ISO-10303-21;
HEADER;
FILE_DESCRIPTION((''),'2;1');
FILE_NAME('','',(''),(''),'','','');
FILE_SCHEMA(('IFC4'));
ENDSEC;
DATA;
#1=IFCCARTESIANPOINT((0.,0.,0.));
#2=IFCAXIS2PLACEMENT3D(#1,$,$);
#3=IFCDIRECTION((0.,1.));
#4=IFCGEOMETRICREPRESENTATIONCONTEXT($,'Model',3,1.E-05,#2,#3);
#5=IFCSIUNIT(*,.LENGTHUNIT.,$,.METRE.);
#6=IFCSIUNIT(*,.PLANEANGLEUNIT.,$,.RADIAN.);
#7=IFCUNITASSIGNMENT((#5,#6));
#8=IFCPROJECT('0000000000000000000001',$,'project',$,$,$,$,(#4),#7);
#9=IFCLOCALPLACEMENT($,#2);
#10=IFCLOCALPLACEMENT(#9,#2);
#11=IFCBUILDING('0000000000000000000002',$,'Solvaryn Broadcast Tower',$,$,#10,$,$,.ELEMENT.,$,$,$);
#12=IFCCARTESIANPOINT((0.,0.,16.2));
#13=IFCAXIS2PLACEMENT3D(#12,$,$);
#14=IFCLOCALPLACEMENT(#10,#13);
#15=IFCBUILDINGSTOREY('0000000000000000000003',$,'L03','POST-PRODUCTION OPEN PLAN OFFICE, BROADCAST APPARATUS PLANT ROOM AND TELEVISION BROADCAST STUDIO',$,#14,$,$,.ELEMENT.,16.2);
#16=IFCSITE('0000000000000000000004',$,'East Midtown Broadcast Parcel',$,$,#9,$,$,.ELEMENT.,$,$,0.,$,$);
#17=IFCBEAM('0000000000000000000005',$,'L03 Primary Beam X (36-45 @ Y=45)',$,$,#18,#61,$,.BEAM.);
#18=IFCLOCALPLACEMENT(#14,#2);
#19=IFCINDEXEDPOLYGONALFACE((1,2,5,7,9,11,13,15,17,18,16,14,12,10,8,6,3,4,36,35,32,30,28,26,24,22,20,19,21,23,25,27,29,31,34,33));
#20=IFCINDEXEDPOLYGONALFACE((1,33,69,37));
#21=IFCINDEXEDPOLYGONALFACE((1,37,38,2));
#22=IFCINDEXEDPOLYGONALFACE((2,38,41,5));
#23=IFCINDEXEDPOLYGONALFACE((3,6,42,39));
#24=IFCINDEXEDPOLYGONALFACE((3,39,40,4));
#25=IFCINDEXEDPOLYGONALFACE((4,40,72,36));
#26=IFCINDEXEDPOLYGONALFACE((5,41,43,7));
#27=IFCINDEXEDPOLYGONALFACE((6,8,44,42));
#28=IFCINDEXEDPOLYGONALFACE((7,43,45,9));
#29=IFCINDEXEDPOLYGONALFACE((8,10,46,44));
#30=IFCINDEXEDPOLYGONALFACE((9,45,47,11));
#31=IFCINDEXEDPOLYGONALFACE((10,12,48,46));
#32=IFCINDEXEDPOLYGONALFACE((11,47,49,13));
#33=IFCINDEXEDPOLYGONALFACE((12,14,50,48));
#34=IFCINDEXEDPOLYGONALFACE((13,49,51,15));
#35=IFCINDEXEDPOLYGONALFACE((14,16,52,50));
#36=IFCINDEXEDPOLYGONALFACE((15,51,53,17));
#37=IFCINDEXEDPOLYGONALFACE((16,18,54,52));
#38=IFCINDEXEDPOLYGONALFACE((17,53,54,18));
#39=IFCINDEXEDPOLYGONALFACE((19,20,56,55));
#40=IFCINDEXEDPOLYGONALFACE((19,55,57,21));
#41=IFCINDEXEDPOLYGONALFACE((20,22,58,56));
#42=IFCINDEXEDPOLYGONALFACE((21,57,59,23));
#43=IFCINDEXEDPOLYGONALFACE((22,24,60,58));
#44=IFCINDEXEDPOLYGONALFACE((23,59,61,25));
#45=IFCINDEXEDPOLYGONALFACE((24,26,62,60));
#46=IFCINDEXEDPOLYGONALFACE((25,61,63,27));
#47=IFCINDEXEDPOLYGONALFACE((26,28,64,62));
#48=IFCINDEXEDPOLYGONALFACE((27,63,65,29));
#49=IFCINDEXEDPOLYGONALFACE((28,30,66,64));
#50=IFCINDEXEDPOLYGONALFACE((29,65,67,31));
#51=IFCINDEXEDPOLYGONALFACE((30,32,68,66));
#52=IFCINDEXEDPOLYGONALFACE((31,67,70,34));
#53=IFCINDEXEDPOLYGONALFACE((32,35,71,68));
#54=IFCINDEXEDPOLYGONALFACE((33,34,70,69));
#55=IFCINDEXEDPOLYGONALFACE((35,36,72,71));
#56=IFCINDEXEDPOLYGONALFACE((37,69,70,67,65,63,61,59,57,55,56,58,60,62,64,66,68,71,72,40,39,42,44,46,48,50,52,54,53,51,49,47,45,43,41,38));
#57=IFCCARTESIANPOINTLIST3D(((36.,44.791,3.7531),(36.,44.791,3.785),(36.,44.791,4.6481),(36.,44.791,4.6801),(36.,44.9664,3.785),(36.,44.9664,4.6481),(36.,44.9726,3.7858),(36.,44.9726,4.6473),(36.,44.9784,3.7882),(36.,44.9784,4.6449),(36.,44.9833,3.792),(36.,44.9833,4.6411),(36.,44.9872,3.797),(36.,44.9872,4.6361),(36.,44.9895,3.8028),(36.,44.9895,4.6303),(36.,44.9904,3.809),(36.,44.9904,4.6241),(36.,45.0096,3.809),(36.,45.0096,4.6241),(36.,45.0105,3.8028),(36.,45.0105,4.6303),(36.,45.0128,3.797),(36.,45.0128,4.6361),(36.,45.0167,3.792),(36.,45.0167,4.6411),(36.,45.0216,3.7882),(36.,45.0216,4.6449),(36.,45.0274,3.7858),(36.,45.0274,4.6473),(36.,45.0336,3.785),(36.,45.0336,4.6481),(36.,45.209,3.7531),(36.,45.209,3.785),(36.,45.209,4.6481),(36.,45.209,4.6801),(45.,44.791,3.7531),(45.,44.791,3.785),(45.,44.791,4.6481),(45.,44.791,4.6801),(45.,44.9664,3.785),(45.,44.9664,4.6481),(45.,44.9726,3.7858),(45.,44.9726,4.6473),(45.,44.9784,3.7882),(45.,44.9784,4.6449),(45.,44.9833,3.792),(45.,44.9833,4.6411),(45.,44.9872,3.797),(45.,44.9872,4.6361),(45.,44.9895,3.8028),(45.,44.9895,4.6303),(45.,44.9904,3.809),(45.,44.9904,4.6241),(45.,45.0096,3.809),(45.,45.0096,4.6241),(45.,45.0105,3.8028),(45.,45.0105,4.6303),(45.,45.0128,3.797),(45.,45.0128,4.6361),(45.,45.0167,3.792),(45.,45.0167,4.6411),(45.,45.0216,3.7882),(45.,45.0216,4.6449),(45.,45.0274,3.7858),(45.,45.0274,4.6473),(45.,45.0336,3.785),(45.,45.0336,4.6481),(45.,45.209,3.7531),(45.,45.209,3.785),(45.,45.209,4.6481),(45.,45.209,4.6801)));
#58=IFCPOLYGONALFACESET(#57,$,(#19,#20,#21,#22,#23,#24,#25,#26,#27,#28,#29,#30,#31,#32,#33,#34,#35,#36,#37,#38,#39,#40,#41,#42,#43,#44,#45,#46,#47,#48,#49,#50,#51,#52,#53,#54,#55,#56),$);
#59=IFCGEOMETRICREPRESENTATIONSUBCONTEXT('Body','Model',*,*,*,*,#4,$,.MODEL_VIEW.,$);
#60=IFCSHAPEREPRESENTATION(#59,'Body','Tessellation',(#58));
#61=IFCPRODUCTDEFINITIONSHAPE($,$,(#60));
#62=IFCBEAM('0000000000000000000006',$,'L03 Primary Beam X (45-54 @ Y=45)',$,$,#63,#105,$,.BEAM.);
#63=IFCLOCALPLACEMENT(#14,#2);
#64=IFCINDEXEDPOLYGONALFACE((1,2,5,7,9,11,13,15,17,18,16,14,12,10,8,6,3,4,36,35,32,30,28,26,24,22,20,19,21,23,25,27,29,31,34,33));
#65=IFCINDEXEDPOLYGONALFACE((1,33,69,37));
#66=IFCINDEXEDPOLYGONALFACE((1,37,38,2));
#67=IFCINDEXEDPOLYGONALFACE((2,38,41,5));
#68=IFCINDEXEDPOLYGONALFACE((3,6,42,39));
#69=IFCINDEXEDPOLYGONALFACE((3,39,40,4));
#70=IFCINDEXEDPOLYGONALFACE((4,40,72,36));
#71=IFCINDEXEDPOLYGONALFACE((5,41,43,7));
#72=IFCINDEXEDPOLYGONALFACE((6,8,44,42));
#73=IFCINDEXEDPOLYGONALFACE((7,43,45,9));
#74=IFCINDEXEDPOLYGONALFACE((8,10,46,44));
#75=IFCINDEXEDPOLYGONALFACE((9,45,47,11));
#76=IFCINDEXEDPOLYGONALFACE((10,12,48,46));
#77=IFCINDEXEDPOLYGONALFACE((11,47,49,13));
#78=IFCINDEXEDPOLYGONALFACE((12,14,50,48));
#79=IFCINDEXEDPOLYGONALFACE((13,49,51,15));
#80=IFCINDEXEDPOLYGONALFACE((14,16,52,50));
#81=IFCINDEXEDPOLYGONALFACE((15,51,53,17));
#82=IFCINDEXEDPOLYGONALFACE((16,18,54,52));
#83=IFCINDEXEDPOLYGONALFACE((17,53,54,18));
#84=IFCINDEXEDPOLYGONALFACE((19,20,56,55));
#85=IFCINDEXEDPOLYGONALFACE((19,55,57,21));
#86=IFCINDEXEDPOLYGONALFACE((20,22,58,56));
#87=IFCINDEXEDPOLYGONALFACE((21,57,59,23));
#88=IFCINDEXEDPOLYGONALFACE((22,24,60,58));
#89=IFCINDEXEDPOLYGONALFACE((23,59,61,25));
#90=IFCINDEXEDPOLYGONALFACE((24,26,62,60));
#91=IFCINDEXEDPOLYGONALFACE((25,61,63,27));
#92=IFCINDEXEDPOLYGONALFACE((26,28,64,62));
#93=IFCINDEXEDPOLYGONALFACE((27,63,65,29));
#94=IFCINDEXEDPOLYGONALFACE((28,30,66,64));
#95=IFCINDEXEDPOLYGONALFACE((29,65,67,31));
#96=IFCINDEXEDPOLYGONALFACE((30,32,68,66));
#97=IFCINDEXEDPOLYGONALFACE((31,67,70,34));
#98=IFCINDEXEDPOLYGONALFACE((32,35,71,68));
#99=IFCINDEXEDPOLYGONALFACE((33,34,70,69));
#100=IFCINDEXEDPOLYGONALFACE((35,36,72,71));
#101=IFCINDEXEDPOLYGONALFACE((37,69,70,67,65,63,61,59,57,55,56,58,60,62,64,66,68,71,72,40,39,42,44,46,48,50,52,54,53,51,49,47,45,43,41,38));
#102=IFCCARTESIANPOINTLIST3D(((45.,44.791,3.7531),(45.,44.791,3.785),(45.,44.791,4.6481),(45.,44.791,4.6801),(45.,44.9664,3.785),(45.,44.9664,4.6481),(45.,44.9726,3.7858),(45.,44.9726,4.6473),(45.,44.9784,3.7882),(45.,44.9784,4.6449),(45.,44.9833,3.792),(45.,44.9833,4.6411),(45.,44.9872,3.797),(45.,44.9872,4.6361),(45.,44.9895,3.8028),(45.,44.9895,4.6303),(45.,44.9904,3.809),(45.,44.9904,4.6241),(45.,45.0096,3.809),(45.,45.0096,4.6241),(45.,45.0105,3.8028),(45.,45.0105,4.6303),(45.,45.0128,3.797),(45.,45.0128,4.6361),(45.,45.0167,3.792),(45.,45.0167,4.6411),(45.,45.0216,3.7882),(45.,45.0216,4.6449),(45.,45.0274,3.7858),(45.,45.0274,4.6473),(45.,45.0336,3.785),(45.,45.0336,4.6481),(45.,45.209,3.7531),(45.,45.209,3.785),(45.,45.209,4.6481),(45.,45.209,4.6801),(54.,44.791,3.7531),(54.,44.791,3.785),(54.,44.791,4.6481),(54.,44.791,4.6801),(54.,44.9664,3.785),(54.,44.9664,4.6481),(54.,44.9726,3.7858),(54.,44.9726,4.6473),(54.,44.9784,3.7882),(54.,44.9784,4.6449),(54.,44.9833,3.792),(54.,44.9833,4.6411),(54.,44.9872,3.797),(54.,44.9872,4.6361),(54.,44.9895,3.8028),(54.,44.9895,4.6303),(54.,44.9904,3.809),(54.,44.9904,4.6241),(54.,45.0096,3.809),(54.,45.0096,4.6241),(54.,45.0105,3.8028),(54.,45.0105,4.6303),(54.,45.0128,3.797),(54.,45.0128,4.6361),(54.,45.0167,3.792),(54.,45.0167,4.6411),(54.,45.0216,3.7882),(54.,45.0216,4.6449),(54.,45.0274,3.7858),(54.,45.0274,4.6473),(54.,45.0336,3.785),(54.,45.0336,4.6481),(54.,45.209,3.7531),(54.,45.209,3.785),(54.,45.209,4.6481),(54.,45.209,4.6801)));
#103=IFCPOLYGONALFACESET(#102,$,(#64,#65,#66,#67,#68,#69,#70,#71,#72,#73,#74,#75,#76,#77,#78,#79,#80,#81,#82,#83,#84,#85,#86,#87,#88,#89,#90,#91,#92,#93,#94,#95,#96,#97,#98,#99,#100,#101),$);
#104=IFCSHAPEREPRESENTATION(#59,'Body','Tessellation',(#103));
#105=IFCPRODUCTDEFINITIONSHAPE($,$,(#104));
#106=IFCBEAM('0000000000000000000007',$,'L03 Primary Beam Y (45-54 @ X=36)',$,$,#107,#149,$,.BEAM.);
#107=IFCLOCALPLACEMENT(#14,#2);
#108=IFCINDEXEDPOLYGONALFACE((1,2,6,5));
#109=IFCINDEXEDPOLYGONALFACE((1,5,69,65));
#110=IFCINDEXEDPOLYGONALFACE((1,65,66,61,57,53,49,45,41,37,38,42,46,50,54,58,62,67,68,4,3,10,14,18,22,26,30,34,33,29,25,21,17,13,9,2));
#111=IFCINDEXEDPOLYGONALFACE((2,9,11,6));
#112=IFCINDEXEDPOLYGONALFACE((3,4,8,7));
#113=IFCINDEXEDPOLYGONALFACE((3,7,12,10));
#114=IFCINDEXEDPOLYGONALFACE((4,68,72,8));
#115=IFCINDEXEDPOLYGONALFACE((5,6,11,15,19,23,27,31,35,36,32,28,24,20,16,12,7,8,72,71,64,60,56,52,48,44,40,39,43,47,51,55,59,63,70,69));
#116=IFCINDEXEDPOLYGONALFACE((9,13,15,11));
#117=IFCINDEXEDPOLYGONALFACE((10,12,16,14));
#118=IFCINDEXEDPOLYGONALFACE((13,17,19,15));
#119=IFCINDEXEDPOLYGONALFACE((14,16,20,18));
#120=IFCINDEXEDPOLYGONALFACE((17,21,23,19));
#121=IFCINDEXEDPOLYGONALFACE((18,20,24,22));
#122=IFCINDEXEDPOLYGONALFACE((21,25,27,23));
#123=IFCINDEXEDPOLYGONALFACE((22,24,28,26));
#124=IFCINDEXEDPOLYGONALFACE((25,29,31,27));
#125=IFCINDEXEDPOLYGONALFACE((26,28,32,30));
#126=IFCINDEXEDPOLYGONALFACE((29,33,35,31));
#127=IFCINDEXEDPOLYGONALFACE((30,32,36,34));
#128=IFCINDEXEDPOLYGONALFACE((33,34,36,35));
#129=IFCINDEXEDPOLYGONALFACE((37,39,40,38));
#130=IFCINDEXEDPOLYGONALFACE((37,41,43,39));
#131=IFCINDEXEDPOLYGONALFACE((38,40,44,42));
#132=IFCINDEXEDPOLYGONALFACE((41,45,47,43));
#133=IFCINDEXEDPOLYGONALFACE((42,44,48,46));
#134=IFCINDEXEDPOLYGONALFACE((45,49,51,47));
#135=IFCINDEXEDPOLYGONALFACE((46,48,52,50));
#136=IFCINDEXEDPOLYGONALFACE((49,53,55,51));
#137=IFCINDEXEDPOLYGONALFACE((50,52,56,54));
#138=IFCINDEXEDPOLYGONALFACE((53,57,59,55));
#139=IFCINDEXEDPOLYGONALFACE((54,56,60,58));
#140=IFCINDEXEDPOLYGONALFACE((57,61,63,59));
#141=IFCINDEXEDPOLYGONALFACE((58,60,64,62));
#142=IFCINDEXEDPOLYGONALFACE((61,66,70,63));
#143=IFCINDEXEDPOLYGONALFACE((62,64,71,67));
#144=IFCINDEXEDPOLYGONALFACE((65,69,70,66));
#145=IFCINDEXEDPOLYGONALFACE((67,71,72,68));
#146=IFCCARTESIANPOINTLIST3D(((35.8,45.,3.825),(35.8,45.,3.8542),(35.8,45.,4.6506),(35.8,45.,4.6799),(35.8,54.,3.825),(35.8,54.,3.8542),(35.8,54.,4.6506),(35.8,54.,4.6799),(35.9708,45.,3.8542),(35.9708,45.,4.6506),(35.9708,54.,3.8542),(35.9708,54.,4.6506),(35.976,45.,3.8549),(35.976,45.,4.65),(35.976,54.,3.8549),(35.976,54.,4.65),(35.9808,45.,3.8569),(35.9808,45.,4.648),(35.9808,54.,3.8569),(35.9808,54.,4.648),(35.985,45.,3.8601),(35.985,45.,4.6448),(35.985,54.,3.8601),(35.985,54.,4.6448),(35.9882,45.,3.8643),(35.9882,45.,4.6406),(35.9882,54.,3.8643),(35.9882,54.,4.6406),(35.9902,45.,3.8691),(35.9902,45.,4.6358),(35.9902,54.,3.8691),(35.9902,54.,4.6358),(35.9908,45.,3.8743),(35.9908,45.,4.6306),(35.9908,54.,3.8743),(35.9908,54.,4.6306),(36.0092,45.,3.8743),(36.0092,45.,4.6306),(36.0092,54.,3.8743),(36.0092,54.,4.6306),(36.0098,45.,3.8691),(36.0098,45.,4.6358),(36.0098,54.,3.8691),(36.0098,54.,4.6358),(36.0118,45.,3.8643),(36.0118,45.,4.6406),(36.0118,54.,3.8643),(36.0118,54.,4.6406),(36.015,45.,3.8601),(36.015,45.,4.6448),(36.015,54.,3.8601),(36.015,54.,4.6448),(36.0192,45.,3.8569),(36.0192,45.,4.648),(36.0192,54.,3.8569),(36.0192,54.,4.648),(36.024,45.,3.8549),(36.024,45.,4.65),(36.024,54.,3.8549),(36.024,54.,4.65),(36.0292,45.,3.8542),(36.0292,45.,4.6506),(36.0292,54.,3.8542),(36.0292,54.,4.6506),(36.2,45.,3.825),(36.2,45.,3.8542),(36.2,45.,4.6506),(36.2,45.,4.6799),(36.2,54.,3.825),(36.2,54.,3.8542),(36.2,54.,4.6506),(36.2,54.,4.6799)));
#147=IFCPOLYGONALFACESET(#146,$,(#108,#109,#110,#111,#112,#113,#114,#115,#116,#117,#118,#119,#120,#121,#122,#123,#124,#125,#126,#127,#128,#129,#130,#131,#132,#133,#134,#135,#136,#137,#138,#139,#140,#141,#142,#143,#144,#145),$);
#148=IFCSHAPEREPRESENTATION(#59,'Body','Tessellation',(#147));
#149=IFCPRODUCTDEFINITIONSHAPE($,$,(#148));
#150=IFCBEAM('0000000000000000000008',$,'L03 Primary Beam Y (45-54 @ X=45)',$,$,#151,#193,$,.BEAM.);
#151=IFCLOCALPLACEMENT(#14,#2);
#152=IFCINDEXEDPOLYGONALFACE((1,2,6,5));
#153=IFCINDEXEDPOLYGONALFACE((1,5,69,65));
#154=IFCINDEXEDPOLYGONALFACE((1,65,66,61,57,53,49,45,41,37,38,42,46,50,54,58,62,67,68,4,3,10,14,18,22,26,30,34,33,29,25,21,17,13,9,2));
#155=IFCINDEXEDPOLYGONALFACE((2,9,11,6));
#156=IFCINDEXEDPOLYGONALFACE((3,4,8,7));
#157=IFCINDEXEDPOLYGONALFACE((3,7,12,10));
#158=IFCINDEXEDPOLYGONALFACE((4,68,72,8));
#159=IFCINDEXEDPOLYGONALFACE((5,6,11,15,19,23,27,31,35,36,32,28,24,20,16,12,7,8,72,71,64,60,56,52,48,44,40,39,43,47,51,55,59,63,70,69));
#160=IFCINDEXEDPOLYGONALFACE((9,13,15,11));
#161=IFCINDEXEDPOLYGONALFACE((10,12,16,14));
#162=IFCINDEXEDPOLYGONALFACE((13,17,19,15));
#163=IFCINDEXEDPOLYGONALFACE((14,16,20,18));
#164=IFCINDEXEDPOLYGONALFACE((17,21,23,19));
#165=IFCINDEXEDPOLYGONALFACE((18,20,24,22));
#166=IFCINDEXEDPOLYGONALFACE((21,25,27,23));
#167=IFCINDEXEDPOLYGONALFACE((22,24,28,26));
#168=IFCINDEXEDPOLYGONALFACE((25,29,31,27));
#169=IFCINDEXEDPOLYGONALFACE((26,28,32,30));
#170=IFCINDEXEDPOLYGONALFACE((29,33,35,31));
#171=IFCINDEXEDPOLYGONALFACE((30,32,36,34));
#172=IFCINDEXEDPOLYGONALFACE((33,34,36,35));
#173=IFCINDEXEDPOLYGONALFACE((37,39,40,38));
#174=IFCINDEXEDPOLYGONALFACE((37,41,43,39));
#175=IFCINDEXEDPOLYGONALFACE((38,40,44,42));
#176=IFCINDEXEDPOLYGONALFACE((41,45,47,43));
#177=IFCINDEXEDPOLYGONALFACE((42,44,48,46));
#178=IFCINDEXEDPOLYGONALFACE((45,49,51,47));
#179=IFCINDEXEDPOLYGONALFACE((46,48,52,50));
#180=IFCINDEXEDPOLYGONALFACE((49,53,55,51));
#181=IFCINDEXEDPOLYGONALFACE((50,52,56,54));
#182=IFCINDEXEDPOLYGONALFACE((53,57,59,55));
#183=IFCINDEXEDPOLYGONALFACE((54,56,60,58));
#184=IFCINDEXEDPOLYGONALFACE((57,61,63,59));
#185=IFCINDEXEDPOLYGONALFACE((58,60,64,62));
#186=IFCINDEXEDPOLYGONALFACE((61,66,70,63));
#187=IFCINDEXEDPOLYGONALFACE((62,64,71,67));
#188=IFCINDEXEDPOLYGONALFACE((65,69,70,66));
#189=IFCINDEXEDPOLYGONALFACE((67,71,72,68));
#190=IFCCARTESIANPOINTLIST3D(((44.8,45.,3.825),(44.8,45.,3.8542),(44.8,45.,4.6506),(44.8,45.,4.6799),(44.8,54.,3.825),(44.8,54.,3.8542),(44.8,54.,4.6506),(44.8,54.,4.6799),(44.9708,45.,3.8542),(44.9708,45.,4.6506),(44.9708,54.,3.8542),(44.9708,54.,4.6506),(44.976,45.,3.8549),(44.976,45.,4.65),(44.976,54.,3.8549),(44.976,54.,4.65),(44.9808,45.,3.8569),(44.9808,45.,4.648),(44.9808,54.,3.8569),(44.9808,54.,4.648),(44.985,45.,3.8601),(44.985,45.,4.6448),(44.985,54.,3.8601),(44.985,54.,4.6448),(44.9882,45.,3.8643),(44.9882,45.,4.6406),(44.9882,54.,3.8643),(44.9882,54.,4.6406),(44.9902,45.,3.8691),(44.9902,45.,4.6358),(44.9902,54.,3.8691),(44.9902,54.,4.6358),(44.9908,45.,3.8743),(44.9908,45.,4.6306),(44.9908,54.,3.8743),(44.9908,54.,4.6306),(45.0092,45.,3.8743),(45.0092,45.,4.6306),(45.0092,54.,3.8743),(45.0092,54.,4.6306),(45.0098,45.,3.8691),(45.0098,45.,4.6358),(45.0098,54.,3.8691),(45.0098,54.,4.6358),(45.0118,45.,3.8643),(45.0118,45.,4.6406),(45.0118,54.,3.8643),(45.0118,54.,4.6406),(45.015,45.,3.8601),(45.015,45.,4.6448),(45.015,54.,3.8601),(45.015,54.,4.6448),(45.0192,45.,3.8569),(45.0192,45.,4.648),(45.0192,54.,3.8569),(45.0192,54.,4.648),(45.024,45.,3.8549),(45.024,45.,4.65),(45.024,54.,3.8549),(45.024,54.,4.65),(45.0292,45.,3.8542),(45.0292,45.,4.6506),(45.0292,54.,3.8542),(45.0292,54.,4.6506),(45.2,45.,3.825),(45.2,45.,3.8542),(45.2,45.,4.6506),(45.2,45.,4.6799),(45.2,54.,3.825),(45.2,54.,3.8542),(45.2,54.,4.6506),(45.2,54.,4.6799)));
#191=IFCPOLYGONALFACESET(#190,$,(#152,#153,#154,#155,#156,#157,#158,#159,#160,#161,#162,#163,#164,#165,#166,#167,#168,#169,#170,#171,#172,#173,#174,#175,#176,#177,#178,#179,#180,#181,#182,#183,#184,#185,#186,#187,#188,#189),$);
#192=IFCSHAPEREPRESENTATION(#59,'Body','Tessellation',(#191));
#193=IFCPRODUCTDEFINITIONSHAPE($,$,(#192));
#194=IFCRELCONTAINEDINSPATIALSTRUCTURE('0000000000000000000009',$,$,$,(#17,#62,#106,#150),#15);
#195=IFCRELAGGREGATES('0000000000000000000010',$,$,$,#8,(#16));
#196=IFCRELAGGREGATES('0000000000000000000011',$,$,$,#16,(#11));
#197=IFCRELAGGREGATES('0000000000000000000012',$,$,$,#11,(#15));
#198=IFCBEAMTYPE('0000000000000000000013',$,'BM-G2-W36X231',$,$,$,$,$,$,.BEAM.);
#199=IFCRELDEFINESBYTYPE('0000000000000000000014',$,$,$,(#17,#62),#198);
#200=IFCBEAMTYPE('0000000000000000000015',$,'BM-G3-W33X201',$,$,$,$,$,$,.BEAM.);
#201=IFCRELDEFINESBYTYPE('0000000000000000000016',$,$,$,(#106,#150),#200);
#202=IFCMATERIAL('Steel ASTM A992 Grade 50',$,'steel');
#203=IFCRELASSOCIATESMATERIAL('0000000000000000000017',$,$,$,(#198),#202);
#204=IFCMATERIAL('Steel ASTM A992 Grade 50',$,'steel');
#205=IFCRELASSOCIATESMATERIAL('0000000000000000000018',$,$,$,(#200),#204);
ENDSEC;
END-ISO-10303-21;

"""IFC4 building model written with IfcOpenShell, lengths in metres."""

from ifc_helpers import new_model, si_unit, direction, frame, origin, origin_2d, place, context, subcontext, project, spatial, i_section, extrude, material, material_profile, profile_set, type_object, element, save


model = new_model("IFC4")

# Units and contexts
model_context = context("Model", 3, precision=1e-05, world=origin(), true_north=direction((0.0, 1.0)))
body_context = subcontext(model_context, "Body", "Model", "MODEL_VIEW")
ifc_project = project(units=[si_unit("LENGTHUNIT", "METRE"), si_unit("PLANEANGLEUNIT", "RADIAN")], contexts=[model_context])

# Site, building, storey
site_placement = place(None, origin())
site = spatial("IfcSite", under=ifc_project, at=site_placement, Name="East Midtown Broadcast Parcel", CompositionType="ELEMENT", RefElevation=0.0)
building_placement = place(site_placement, origin())
building = spatial("IfcBuilding", under=site, at=building_placement, Name="Solvaryn Broadcast Tower", CompositionType="ELEMENT")
storey_placement = place(building_placement, frame((0.0, 0.0, 16.2)))
storey = spatial("IfcBuildingStorey", under=building, at=storey_placement, Name="L03", Description="POST-PRODUCTION OPEN PLAN OFFICE, BROADCAST APPARATUS PLANT ROOM AND TELEVISION BROADCAST STUDIO", CompositionType="ELEMENT", Elevation=16.2)

# Beams
ifc_material_1 = material(Name="Steel ASTM A992 Grade 50", Category="steel")
ifc_material_profile_1 = material_profile(ifc_material_1, i_section(OverallWidth=0.418, OverallDepth=0.927, WebThickness=0.0193, FlangeThickness=0.032, FilletRadius=0.0239, at=origin_2d()))
ifc_profile_set_1 = profile_set([ifc_material_profile_1], Name="Steel ASTM A992 Grade 50")
beam_type_1 = type_object("IfcBeamType", Name="BM-G2-W36X231", PredefinedType="BEAM", material=ifc_profile_set_1)
for number, where, z_axis, x_axis, name in (
    (1, (36.0, 45.0, 4.2166), (1.0, 0.0, 0.0), (0.0, 1.0, 0.0), "L03 Primary Beam X (36-45 @ Y=45)"),
    (2, (45.0, 45.0, 4.2166), (1.0, 0.0, 0.0), (0.0, 1.0, 0.0), "L03 Primary Beam X (45-54 @ Y=45)"),
):
    element("IfcBeam", number, at=place(storey_placement, frame(where, z_axis=z_axis, x_axis=x_axis)), inside=storey, type_object=beam_type_1, Name=name, PredefinedType="BEAM", context=body_context, shape_type="SweptSolid", body=[
        extrude(i_section(OverallWidth=0.418, OverallDepth=0.927, WebThickness=0.0193, FlangeThickness=0.032, FilletRadius=0.0239, at=origin_2d()), origin(), (0.0, 0.0, 1.0), 9.0),
    ])
ifc_material_2 = material(Name="Steel ASTM A992 Grade 50", Category="steel")
ifc_material_profile_2 = material_profile(ifc_material_2, i_section(OverallWidth=0.3999, OverallDepth=0.855, WebThickness=0.0183, FlangeThickness=0.0293, FilletRadius=0.02, at=origin_2d()))
ifc_profile_set_2 = profile_set([ifc_material_profile_2], Name="Steel ASTM A992 Grade 50")
beam_type_2 = type_object("IfcBeamType", Name="BM-G3-W33X201", PredefinedType="BEAM", material=ifc_profile_set_2)
for number, where, z_axis, x_axis, name in (
    (3, (36.0, 45.0, 4.2524), (0.0, 1.0, 0.0), (-1.0, 0.0, 0.0), "L03 Primary Beam Y (45-54 @ X=36)"),
    (4, (45.0, 45.0, 4.2524), (0.0, 1.0, 0.0), (-1.0, 0.0, 0.0), "L03 Primary Beam Y (45-54 @ X=45)"),
):
    element("IfcBeam", number, at=place(storey_placement, frame(where, z_axis=z_axis, x_axis=x_axis)), inside=storey, type_object=beam_type_2, Name=name, PredefinedType="BEAM", context=body_context, shape_type="SweptSolid", body=[
        extrude(i_section(OverallWidth=0.3999, OverallDepth=0.855, WebThickness=0.0183, FlangeThickness=0.0293, FilletRadius=0.02, at=origin_2d()), origin(), (0.0, 0.0, 1.0), 9.0),
    ])

save(model, "model.ifc")
